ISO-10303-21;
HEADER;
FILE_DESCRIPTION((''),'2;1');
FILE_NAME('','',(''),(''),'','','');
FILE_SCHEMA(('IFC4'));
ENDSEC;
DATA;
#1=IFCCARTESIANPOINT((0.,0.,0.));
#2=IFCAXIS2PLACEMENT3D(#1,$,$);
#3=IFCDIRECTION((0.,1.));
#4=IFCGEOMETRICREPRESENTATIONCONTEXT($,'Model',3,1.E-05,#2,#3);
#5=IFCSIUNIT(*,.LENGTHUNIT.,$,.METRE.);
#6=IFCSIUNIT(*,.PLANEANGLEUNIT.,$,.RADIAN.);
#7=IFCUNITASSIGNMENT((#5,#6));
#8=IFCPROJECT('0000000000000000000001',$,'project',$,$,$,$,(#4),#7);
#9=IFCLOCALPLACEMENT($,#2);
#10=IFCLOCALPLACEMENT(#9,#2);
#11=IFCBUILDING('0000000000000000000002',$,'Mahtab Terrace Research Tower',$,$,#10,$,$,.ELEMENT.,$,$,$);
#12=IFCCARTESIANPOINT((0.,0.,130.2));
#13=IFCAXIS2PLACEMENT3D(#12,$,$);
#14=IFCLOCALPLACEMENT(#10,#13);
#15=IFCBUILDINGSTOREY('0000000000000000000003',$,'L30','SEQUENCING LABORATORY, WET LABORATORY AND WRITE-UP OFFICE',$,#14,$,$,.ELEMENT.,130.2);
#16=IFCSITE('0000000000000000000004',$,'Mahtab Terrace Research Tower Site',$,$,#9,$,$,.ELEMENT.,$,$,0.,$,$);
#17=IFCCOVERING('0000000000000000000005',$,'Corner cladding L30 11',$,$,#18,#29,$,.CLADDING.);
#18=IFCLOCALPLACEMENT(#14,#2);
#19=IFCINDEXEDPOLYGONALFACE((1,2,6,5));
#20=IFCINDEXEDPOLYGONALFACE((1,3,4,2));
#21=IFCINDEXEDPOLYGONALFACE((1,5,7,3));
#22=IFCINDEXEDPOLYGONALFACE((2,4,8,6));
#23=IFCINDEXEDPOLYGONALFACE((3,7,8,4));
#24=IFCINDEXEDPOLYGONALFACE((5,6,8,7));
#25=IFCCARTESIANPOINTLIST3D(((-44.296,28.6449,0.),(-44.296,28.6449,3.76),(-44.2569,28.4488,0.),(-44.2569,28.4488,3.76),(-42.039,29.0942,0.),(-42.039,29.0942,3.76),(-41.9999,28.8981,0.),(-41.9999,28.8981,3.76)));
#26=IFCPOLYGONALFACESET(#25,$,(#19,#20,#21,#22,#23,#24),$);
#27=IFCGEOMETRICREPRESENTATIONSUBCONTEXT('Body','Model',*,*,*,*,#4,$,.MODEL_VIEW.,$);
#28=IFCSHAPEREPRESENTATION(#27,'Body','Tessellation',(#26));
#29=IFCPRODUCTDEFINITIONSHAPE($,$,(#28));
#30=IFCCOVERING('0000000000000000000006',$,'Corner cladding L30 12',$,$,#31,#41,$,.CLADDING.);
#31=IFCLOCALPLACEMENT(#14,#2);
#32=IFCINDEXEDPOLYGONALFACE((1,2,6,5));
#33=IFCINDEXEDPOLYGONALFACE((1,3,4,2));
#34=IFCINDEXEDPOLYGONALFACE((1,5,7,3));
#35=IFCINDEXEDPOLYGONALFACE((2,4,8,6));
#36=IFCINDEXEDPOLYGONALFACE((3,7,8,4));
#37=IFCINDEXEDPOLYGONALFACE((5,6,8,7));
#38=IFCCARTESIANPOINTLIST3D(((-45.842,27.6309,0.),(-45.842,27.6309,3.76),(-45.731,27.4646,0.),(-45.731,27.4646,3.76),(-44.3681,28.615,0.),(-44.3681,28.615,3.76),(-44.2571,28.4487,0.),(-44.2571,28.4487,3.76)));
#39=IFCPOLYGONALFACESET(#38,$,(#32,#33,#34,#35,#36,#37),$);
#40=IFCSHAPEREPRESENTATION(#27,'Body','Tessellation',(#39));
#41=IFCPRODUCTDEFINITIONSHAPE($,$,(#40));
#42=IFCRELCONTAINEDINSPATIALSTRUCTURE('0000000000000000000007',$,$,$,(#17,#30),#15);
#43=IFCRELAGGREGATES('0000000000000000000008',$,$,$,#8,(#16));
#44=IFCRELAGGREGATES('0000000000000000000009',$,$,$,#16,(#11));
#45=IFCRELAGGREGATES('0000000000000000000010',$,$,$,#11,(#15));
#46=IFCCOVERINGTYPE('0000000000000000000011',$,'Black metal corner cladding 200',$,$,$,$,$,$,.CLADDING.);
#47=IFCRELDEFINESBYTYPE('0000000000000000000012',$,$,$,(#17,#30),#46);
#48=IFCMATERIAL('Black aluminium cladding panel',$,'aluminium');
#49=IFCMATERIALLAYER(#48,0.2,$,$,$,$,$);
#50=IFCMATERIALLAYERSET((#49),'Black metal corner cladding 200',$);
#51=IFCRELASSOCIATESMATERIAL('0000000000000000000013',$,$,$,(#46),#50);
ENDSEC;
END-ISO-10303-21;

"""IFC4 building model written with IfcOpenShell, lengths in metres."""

from ifc_helpers import new_model, si_unit, direction, frame, origin, origin_2d, place, context, subcontext, project, spatial, rectangle, extrude, material, layer, layer_set, type_object, element, save


model = new_model("IFC4")

# Units and contexts
model_context = context("Model", 3, precision=1e-05, world=origin(), true_north=direction((0.0, 1.0)))
body_context = subcontext(model_context, "Body", "Model", "MODEL_VIEW")
ifc_project = project(units=[si_unit("LENGTHUNIT", "METRE"), si_unit("PLANEANGLEUNIT", "RADIAN")], contexts=[model_context])

# Site, building, storey
site_placement = place(None, origin())
site = spatial("IfcSite", under=ifc_project, at=site_placement, Name="Mahtab Terrace Research Tower Site", CompositionType="ELEMENT", RefElevation=0.0)
building_placement = place(site_placement, origin())
building = spatial("IfcBuilding", under=site, at=building_placement, Name="Mahtab Terrace Research Tower", CompositionType="ELEMENT")
storey_placement = place(building_placement, frame((0.0, 0.0, 130.2)))
storey = spatial("IfcBuildingStorey", under=building, at=storey_placement, Name="L30", Description="SEQUENCING LABORATORY, WET LABORATORY AND WRITE-UP OFFICE", CompositionType="ELEMENT", Elevation=130.2)

# Coverings
ifc_material_1 = material(Name="Black aluminium cladding panel", Category="aluminium")
ifc_layer_1 = layer(ifc_material_1, 0.2)
ifc_layer_set_1 = layer_set([ifc_layer_1], Name="Black metal corner cladding 200")
covering_type = type_object("IfcCoveringType", Name="Black metal corner cladding 200", PredefinedType="CLADDING", material=ifc_layer_set_1)
covering_1_placement = place(storey_placement, frame((-43.1479, 28.7715, 0.0), z_axis=(0.0, 0.0, 1.0), x_axis=(-0.980761, -0.195212, 0.0)))
element("IfcCovering", 1, at=covering_1_placement, inside=storey, type_object=covering_type, Name="Corner cladding L30 11", PredefinedType="CLADDING", context=body_context, shape_type="SweptSolid", body=[
    extrude(rectangle(XDim=2.3013, YDim=0.2, at=origin_2d()), origin(), (0.0, 0.0, 1.0), 3.76),
])
covering_2_placement = place(storey_placement, frame((-45.0496, 28.0398, 0.0), z_axis=(0.0, 0.0, 1.0), x_axis=(-0.831656, -0.555291, 0.0)))
element("IfcCovering", 2, at=covering_2_placement, inside=storey, type_object=covering_type, Name="Corner cladding L30 12", PredefinedType="CLADDING", context=body_context, shape_type="SweptSolid", body=[
    extrude(rectangle(XDim=1.7722, YDim=0.2, at=origin_2d()), origin(), (0.0, 0.0, 1.0), 3.76),
])

save(model, "model.ifc")
